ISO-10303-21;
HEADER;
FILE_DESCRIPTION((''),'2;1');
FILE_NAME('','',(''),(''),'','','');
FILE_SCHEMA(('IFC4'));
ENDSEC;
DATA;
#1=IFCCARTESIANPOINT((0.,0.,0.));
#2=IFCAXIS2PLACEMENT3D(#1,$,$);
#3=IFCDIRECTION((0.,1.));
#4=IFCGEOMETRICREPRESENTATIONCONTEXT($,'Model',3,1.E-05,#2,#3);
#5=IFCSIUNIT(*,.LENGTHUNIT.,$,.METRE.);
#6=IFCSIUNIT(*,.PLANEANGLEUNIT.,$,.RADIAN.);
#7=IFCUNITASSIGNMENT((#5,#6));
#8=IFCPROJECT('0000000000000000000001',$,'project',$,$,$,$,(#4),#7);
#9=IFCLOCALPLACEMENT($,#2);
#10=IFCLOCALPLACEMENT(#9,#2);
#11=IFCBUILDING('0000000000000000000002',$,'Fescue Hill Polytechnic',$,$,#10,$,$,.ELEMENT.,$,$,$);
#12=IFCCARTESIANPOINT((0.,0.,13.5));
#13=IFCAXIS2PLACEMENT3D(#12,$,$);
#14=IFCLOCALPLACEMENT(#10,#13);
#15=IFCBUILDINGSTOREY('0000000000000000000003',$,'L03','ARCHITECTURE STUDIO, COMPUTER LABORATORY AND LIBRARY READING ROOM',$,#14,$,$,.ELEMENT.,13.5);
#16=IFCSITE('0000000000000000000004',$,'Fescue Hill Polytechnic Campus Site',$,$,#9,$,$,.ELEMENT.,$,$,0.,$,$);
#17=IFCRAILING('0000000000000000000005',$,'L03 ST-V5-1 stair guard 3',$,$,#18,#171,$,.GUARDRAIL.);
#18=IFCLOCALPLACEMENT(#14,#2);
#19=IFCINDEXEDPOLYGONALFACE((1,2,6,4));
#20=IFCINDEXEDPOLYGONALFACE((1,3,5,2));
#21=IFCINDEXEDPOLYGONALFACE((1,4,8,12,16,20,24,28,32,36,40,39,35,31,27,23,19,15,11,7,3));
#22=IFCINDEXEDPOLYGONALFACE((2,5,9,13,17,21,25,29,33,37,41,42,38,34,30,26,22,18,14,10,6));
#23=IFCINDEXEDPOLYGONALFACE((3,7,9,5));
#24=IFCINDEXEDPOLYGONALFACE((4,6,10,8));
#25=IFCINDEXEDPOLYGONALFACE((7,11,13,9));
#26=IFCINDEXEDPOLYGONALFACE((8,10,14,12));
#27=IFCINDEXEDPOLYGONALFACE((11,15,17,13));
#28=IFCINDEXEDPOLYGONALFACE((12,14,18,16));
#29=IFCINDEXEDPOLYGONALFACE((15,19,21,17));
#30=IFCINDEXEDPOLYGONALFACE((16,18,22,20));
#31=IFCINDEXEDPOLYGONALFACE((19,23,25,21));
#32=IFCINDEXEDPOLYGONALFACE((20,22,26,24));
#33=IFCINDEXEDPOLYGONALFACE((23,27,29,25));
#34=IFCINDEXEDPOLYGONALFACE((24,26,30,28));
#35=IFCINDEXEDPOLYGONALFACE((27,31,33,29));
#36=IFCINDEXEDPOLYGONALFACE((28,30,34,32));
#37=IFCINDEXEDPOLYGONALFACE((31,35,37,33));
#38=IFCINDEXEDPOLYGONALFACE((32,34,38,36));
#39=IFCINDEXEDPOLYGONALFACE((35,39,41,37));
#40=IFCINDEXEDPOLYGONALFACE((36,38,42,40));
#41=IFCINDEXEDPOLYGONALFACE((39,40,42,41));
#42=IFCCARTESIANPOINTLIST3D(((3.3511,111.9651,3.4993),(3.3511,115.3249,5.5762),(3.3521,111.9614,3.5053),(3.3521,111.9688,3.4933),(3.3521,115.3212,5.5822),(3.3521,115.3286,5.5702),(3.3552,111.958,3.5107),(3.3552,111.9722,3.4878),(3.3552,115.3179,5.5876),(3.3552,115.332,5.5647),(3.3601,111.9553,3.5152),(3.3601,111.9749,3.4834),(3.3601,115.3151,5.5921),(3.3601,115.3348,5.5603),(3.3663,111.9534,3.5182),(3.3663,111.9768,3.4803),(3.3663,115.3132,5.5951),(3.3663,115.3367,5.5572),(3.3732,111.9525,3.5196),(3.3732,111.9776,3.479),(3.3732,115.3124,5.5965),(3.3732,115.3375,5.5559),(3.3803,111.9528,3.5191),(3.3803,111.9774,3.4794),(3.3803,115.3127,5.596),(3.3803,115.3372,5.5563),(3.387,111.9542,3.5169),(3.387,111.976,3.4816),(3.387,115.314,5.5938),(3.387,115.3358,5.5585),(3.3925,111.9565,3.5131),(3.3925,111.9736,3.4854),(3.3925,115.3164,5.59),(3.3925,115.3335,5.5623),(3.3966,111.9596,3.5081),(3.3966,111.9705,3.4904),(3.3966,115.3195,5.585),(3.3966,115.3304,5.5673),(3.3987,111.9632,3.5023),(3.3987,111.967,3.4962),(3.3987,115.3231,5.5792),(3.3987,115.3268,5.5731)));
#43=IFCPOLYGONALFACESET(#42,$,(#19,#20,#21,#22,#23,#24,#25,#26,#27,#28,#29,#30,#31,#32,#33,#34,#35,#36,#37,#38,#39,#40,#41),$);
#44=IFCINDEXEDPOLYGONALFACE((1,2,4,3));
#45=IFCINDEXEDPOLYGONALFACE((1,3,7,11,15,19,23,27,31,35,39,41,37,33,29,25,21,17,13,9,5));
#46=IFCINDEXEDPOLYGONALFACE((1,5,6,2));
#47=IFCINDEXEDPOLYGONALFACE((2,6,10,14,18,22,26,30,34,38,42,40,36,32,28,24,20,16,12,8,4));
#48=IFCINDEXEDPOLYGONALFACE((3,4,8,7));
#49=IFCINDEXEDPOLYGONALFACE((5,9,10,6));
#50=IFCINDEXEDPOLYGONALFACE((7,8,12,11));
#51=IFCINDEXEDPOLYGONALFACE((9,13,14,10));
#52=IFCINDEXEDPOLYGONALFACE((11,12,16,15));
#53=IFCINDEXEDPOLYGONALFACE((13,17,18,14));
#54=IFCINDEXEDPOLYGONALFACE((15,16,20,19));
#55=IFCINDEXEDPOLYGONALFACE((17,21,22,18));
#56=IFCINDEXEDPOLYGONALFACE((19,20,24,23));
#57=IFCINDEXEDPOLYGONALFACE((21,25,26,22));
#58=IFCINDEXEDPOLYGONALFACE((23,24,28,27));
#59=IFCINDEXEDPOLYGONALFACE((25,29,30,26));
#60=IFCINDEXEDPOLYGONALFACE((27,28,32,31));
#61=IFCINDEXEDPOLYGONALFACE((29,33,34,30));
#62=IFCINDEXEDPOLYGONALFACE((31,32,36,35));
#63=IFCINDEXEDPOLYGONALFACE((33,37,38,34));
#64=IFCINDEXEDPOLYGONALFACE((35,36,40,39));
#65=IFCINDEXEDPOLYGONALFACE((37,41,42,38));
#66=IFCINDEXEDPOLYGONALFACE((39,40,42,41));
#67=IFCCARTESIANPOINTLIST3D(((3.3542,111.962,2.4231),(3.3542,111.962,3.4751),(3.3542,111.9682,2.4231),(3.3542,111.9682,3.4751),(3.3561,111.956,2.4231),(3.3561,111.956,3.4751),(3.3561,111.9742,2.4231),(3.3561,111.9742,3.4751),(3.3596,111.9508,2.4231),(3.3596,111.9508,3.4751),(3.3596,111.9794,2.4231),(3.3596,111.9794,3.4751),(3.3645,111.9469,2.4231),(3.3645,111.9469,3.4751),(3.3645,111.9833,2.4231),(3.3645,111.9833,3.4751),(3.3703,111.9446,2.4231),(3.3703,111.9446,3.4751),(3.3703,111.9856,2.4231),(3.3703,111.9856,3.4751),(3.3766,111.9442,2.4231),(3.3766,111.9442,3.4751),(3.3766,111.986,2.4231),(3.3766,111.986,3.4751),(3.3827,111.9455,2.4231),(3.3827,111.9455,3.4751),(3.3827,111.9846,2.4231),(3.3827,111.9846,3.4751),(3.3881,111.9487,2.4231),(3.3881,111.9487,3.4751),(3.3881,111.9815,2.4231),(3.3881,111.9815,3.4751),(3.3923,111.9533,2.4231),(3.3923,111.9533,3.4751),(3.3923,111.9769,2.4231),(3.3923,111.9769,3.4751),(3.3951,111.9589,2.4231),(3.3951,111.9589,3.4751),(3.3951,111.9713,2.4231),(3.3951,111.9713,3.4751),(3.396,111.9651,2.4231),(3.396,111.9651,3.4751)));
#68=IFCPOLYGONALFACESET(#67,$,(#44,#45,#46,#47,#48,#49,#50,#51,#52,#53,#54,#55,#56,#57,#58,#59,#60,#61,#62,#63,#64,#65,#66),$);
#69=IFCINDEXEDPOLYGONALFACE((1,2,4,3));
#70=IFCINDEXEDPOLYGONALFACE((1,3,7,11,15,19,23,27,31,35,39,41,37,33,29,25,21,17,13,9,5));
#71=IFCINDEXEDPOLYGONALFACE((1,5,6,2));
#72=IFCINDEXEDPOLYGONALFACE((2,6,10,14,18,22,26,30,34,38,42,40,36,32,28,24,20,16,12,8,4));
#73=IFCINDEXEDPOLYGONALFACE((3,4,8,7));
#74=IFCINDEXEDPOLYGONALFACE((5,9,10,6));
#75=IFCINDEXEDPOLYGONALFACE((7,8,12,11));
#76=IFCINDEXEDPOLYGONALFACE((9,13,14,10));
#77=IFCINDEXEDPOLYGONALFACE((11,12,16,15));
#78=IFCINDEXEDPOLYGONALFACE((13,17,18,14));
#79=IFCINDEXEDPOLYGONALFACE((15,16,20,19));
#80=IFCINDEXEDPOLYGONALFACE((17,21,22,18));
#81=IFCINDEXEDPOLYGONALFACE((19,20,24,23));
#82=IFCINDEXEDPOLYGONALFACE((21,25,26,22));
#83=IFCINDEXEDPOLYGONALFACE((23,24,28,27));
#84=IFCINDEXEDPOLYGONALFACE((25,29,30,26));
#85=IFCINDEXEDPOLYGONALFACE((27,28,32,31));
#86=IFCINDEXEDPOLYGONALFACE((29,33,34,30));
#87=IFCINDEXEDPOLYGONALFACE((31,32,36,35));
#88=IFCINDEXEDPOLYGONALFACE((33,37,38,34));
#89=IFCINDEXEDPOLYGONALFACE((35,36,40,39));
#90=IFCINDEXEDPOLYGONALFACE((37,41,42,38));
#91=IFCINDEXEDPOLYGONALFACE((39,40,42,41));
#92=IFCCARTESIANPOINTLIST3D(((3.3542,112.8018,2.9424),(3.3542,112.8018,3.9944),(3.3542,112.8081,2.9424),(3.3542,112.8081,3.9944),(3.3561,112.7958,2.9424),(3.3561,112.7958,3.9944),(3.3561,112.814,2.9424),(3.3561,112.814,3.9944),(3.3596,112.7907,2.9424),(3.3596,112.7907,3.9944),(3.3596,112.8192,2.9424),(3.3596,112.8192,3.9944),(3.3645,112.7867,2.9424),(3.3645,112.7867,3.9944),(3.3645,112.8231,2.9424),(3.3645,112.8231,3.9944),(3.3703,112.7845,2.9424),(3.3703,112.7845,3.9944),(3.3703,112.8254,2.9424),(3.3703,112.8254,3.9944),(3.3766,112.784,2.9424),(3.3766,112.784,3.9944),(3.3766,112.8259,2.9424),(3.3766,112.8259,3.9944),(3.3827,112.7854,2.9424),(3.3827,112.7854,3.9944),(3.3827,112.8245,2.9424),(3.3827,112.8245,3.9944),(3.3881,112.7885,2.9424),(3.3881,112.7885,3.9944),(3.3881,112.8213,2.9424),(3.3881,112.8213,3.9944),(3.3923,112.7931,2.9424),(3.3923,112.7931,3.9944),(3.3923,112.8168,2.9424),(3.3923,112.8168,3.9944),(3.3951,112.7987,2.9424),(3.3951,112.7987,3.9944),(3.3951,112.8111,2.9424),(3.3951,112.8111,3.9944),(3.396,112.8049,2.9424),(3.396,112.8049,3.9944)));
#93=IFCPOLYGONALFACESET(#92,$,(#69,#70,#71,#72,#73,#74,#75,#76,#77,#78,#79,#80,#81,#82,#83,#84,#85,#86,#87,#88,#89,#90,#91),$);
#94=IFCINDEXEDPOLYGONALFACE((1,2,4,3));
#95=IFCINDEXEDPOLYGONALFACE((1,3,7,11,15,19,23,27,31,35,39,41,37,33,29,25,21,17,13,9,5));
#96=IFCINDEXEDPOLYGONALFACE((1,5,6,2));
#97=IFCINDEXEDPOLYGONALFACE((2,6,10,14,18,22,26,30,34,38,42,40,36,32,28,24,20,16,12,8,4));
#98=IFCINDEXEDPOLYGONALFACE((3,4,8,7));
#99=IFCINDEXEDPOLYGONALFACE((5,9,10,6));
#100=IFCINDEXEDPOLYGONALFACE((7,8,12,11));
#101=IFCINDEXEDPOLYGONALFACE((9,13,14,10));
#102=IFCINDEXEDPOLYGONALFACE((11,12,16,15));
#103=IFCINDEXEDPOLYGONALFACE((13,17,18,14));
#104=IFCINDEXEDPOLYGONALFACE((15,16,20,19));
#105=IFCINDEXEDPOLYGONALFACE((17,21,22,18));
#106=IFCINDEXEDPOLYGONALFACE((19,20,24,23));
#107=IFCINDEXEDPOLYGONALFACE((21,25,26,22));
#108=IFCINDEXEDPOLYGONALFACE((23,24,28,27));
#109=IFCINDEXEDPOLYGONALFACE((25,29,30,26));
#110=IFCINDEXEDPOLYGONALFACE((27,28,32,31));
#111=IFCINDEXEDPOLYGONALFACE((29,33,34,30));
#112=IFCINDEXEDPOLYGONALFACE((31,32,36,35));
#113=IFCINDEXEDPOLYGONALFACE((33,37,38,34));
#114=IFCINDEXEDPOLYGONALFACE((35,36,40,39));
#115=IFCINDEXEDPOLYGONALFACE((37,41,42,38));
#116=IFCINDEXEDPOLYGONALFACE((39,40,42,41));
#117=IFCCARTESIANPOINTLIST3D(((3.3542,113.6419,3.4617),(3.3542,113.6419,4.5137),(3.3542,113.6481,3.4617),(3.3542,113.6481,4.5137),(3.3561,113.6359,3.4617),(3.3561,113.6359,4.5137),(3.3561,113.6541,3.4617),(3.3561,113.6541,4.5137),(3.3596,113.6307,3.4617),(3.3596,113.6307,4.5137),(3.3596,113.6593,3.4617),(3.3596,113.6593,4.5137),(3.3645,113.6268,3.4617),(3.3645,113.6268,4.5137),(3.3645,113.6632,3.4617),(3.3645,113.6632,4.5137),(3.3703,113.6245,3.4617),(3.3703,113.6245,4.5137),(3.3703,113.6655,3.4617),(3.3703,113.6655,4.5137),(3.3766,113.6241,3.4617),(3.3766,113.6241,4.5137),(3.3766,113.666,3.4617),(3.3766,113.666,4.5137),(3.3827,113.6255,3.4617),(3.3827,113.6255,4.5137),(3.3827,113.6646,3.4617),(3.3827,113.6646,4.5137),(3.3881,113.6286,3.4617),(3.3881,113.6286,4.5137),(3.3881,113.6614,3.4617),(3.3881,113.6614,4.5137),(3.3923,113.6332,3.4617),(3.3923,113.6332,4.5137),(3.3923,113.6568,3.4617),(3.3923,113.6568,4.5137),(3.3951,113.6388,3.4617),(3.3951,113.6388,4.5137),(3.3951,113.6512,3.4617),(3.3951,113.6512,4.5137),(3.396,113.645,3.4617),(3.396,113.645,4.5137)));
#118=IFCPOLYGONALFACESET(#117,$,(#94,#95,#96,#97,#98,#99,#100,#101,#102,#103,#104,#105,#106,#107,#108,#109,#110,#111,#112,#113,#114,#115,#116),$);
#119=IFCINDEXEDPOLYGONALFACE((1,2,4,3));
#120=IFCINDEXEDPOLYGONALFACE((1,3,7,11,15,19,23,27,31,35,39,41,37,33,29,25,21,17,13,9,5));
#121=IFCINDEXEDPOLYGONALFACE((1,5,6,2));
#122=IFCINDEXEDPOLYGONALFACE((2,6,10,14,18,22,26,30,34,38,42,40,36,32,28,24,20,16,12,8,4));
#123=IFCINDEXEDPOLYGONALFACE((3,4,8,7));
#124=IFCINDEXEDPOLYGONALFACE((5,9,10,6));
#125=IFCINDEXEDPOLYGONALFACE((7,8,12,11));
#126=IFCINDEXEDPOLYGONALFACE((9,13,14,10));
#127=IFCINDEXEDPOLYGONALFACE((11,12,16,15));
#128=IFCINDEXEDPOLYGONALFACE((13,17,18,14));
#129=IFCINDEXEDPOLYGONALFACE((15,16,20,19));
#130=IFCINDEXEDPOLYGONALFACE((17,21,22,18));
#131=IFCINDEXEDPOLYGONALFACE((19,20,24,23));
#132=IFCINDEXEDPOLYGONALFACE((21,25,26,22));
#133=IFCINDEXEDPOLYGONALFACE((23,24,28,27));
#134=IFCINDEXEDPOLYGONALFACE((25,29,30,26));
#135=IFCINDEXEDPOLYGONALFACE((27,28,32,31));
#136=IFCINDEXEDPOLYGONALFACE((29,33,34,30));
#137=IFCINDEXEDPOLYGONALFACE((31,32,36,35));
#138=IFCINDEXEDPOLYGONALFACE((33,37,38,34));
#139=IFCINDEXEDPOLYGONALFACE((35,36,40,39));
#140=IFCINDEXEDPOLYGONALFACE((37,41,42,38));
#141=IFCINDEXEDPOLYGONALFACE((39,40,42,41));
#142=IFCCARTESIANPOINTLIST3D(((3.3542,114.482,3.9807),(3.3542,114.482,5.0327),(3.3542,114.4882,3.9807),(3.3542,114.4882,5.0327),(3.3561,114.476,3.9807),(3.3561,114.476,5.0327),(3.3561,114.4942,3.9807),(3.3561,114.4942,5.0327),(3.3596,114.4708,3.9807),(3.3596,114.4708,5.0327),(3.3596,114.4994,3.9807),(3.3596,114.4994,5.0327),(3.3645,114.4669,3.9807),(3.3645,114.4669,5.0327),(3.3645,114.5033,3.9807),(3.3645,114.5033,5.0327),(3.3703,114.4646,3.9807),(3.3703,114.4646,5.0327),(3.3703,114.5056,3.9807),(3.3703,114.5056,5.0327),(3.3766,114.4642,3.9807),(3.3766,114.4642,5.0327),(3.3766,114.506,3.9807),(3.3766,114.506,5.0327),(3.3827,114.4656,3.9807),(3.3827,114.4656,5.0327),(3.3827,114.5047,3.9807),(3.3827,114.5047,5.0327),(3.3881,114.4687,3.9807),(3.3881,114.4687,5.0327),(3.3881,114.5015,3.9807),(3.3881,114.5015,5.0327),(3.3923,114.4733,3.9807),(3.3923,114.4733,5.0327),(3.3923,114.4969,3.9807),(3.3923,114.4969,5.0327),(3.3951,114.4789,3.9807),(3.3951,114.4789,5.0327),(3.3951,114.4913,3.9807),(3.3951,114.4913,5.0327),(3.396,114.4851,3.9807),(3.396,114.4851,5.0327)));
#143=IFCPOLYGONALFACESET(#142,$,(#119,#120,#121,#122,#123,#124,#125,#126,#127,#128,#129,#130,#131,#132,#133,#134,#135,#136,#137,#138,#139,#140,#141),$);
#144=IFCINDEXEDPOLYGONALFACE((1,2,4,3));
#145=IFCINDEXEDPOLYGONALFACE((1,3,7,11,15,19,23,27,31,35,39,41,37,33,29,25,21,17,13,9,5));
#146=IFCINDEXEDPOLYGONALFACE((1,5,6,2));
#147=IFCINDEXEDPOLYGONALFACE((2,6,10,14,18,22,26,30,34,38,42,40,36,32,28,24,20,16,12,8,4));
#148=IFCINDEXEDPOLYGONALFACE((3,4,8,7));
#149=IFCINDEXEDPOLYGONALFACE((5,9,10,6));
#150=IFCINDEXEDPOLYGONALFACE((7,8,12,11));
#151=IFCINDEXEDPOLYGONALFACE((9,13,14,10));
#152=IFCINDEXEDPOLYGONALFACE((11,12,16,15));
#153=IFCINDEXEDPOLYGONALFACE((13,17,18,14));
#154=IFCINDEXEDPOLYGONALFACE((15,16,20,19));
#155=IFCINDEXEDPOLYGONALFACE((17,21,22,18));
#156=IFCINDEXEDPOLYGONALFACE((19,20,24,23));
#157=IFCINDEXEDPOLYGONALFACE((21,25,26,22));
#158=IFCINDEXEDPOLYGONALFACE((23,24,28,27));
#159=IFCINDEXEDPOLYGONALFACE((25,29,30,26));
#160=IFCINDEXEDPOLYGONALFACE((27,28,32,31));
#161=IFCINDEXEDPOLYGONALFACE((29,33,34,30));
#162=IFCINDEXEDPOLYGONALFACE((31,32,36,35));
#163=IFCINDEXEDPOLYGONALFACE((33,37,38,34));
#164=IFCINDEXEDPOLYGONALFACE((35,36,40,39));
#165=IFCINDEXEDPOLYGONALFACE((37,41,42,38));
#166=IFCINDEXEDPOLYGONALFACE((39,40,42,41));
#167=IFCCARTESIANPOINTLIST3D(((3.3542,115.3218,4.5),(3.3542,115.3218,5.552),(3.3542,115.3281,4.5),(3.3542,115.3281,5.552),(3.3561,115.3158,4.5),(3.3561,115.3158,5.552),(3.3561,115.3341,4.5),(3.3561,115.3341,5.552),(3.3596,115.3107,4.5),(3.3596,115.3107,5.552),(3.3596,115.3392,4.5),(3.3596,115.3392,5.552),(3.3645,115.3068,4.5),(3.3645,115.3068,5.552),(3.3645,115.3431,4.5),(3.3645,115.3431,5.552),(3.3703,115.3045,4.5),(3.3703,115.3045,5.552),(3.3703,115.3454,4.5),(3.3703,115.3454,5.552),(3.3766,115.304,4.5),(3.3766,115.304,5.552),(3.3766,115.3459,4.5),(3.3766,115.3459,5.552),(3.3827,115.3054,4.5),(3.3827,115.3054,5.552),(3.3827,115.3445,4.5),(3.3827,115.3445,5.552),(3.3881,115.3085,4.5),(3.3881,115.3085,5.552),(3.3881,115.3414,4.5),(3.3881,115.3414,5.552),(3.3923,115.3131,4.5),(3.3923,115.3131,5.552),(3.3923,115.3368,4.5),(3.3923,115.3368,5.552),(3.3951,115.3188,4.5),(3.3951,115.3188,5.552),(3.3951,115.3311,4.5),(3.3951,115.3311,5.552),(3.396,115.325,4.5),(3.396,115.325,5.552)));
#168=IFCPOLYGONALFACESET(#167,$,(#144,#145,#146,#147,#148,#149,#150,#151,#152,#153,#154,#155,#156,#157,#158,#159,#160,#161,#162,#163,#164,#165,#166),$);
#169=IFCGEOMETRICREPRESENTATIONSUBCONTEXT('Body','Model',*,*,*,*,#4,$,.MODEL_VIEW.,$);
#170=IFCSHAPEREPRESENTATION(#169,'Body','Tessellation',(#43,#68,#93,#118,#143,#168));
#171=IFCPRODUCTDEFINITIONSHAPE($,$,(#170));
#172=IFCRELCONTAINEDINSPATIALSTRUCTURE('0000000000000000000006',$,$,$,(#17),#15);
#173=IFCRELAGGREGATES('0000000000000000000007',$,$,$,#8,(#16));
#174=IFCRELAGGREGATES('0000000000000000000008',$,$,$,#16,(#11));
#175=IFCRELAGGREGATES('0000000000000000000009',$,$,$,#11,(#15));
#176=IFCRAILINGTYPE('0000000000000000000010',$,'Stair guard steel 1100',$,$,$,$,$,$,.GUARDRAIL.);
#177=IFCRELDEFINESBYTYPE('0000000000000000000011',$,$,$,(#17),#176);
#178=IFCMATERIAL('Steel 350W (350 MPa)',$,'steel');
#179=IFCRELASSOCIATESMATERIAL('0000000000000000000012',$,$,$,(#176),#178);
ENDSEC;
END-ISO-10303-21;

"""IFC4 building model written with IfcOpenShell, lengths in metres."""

from ifc_helpers import new_model, si_unit, direction, frame, origin, origin_2d, place, context, subcontext, project, spatial, circle, extrude, material, type_object, element, save


model = new_model("IFC4")

# Units and contexts
model_context = context("Model", 3, precision=1e-05, world=origin(), true_north=direction((0.0, 1.0)))
body_context = subcontext(model_context, "Body", "Model", "MODEL_VIEW")
ifc_project = project(units=[si_unit("LENGTHUNIT", "METRE"), si_unit("PLANEANGLEUNIT", "RADIAN")], contexts=[model_context])

# Site, building, storey
site_placement = place(None, origin())
site = spatial("IfcSite", under=ifc_project, at=site_placement, Name="Fescue Hill Polytechnic Campus Site", CompositionType="ELEMENT", RefElevation=0.0)
building_placement = place(site_placement, origin())
building = spatial("IfcBuilding", under=site, at=building_placement, Name="Fescue Hill Polytechnic", CompositionType="ELEMENT")
storey_placement = place(building_placement, frame((0.0, 0.0, 13.5)))
storey = spatial("IfcBuildingStorey", under=building, at=storey_placement, Name="L03", Description="ARCHITECTURE STUDIO, COMPUTER LABORATORY AND LIBRARY READING ROOM", CompositionType="ELEMENT", Elevation=13.5)

# Railing
ifc_material_1 = material(Name="Steel 350W (350 MPa)", Category="steel")
railing_type_1 = type_object("IfcRailingType", Name="Stair guard steel 1100", PredefinedType="GUARDRAIL", material=ifc_material_1)
railing_1_placement = place(storey_placement, frame((3.375, 111.9651, 2.4231)))
element("IfcRailing", 1, at=railing_1_placement, inside=storey, type_object=railing_type_1, Name="L03 ST-V5-1 stair guard 3", PredefinedType="GUARDRAIL", context=body_context, shape_type="SweptSolid", body=[
    extrude(circle(Radius=0.0239, at=origin_2d()), frame((0.0, 0.0, 1.0762), z_axis=(0.0, 0.850606, 0.525803), x_axis=(-1.0, 0.0, 0.0)), (0.0, 0.0, 1.0), 3.95),
    extrude(circle(Radius=0.021, at=origin_2d()), origin(), (0.0, 0.0, 1.0), 1.052),
    extrude(circle(Radius=0.021, at=origin_2d()), frame((0.0, 0.8398, 0.5193)), (0.0, 0.0, 1.0), 1.052),
    extrude(circle(Radius=0.021, at=origin_2d()), frame((0.0, 1.6799, 1.0386)), (0.0, 0.0, 1.0), 1.052),
    extrude(circle(Radius=0.021, at=origin_2d()), frame((0.0, 2.52, 1.5576)), (0.0, 0.0, 1.0), 1.052),
    extrude(circle(Radius=0.021, at=origin_2d()), frame((0.0, 3.3599, 2.0769)), (0.0, 0.0, 1.0), 1.052),
])

save(model, "model.ifc")
